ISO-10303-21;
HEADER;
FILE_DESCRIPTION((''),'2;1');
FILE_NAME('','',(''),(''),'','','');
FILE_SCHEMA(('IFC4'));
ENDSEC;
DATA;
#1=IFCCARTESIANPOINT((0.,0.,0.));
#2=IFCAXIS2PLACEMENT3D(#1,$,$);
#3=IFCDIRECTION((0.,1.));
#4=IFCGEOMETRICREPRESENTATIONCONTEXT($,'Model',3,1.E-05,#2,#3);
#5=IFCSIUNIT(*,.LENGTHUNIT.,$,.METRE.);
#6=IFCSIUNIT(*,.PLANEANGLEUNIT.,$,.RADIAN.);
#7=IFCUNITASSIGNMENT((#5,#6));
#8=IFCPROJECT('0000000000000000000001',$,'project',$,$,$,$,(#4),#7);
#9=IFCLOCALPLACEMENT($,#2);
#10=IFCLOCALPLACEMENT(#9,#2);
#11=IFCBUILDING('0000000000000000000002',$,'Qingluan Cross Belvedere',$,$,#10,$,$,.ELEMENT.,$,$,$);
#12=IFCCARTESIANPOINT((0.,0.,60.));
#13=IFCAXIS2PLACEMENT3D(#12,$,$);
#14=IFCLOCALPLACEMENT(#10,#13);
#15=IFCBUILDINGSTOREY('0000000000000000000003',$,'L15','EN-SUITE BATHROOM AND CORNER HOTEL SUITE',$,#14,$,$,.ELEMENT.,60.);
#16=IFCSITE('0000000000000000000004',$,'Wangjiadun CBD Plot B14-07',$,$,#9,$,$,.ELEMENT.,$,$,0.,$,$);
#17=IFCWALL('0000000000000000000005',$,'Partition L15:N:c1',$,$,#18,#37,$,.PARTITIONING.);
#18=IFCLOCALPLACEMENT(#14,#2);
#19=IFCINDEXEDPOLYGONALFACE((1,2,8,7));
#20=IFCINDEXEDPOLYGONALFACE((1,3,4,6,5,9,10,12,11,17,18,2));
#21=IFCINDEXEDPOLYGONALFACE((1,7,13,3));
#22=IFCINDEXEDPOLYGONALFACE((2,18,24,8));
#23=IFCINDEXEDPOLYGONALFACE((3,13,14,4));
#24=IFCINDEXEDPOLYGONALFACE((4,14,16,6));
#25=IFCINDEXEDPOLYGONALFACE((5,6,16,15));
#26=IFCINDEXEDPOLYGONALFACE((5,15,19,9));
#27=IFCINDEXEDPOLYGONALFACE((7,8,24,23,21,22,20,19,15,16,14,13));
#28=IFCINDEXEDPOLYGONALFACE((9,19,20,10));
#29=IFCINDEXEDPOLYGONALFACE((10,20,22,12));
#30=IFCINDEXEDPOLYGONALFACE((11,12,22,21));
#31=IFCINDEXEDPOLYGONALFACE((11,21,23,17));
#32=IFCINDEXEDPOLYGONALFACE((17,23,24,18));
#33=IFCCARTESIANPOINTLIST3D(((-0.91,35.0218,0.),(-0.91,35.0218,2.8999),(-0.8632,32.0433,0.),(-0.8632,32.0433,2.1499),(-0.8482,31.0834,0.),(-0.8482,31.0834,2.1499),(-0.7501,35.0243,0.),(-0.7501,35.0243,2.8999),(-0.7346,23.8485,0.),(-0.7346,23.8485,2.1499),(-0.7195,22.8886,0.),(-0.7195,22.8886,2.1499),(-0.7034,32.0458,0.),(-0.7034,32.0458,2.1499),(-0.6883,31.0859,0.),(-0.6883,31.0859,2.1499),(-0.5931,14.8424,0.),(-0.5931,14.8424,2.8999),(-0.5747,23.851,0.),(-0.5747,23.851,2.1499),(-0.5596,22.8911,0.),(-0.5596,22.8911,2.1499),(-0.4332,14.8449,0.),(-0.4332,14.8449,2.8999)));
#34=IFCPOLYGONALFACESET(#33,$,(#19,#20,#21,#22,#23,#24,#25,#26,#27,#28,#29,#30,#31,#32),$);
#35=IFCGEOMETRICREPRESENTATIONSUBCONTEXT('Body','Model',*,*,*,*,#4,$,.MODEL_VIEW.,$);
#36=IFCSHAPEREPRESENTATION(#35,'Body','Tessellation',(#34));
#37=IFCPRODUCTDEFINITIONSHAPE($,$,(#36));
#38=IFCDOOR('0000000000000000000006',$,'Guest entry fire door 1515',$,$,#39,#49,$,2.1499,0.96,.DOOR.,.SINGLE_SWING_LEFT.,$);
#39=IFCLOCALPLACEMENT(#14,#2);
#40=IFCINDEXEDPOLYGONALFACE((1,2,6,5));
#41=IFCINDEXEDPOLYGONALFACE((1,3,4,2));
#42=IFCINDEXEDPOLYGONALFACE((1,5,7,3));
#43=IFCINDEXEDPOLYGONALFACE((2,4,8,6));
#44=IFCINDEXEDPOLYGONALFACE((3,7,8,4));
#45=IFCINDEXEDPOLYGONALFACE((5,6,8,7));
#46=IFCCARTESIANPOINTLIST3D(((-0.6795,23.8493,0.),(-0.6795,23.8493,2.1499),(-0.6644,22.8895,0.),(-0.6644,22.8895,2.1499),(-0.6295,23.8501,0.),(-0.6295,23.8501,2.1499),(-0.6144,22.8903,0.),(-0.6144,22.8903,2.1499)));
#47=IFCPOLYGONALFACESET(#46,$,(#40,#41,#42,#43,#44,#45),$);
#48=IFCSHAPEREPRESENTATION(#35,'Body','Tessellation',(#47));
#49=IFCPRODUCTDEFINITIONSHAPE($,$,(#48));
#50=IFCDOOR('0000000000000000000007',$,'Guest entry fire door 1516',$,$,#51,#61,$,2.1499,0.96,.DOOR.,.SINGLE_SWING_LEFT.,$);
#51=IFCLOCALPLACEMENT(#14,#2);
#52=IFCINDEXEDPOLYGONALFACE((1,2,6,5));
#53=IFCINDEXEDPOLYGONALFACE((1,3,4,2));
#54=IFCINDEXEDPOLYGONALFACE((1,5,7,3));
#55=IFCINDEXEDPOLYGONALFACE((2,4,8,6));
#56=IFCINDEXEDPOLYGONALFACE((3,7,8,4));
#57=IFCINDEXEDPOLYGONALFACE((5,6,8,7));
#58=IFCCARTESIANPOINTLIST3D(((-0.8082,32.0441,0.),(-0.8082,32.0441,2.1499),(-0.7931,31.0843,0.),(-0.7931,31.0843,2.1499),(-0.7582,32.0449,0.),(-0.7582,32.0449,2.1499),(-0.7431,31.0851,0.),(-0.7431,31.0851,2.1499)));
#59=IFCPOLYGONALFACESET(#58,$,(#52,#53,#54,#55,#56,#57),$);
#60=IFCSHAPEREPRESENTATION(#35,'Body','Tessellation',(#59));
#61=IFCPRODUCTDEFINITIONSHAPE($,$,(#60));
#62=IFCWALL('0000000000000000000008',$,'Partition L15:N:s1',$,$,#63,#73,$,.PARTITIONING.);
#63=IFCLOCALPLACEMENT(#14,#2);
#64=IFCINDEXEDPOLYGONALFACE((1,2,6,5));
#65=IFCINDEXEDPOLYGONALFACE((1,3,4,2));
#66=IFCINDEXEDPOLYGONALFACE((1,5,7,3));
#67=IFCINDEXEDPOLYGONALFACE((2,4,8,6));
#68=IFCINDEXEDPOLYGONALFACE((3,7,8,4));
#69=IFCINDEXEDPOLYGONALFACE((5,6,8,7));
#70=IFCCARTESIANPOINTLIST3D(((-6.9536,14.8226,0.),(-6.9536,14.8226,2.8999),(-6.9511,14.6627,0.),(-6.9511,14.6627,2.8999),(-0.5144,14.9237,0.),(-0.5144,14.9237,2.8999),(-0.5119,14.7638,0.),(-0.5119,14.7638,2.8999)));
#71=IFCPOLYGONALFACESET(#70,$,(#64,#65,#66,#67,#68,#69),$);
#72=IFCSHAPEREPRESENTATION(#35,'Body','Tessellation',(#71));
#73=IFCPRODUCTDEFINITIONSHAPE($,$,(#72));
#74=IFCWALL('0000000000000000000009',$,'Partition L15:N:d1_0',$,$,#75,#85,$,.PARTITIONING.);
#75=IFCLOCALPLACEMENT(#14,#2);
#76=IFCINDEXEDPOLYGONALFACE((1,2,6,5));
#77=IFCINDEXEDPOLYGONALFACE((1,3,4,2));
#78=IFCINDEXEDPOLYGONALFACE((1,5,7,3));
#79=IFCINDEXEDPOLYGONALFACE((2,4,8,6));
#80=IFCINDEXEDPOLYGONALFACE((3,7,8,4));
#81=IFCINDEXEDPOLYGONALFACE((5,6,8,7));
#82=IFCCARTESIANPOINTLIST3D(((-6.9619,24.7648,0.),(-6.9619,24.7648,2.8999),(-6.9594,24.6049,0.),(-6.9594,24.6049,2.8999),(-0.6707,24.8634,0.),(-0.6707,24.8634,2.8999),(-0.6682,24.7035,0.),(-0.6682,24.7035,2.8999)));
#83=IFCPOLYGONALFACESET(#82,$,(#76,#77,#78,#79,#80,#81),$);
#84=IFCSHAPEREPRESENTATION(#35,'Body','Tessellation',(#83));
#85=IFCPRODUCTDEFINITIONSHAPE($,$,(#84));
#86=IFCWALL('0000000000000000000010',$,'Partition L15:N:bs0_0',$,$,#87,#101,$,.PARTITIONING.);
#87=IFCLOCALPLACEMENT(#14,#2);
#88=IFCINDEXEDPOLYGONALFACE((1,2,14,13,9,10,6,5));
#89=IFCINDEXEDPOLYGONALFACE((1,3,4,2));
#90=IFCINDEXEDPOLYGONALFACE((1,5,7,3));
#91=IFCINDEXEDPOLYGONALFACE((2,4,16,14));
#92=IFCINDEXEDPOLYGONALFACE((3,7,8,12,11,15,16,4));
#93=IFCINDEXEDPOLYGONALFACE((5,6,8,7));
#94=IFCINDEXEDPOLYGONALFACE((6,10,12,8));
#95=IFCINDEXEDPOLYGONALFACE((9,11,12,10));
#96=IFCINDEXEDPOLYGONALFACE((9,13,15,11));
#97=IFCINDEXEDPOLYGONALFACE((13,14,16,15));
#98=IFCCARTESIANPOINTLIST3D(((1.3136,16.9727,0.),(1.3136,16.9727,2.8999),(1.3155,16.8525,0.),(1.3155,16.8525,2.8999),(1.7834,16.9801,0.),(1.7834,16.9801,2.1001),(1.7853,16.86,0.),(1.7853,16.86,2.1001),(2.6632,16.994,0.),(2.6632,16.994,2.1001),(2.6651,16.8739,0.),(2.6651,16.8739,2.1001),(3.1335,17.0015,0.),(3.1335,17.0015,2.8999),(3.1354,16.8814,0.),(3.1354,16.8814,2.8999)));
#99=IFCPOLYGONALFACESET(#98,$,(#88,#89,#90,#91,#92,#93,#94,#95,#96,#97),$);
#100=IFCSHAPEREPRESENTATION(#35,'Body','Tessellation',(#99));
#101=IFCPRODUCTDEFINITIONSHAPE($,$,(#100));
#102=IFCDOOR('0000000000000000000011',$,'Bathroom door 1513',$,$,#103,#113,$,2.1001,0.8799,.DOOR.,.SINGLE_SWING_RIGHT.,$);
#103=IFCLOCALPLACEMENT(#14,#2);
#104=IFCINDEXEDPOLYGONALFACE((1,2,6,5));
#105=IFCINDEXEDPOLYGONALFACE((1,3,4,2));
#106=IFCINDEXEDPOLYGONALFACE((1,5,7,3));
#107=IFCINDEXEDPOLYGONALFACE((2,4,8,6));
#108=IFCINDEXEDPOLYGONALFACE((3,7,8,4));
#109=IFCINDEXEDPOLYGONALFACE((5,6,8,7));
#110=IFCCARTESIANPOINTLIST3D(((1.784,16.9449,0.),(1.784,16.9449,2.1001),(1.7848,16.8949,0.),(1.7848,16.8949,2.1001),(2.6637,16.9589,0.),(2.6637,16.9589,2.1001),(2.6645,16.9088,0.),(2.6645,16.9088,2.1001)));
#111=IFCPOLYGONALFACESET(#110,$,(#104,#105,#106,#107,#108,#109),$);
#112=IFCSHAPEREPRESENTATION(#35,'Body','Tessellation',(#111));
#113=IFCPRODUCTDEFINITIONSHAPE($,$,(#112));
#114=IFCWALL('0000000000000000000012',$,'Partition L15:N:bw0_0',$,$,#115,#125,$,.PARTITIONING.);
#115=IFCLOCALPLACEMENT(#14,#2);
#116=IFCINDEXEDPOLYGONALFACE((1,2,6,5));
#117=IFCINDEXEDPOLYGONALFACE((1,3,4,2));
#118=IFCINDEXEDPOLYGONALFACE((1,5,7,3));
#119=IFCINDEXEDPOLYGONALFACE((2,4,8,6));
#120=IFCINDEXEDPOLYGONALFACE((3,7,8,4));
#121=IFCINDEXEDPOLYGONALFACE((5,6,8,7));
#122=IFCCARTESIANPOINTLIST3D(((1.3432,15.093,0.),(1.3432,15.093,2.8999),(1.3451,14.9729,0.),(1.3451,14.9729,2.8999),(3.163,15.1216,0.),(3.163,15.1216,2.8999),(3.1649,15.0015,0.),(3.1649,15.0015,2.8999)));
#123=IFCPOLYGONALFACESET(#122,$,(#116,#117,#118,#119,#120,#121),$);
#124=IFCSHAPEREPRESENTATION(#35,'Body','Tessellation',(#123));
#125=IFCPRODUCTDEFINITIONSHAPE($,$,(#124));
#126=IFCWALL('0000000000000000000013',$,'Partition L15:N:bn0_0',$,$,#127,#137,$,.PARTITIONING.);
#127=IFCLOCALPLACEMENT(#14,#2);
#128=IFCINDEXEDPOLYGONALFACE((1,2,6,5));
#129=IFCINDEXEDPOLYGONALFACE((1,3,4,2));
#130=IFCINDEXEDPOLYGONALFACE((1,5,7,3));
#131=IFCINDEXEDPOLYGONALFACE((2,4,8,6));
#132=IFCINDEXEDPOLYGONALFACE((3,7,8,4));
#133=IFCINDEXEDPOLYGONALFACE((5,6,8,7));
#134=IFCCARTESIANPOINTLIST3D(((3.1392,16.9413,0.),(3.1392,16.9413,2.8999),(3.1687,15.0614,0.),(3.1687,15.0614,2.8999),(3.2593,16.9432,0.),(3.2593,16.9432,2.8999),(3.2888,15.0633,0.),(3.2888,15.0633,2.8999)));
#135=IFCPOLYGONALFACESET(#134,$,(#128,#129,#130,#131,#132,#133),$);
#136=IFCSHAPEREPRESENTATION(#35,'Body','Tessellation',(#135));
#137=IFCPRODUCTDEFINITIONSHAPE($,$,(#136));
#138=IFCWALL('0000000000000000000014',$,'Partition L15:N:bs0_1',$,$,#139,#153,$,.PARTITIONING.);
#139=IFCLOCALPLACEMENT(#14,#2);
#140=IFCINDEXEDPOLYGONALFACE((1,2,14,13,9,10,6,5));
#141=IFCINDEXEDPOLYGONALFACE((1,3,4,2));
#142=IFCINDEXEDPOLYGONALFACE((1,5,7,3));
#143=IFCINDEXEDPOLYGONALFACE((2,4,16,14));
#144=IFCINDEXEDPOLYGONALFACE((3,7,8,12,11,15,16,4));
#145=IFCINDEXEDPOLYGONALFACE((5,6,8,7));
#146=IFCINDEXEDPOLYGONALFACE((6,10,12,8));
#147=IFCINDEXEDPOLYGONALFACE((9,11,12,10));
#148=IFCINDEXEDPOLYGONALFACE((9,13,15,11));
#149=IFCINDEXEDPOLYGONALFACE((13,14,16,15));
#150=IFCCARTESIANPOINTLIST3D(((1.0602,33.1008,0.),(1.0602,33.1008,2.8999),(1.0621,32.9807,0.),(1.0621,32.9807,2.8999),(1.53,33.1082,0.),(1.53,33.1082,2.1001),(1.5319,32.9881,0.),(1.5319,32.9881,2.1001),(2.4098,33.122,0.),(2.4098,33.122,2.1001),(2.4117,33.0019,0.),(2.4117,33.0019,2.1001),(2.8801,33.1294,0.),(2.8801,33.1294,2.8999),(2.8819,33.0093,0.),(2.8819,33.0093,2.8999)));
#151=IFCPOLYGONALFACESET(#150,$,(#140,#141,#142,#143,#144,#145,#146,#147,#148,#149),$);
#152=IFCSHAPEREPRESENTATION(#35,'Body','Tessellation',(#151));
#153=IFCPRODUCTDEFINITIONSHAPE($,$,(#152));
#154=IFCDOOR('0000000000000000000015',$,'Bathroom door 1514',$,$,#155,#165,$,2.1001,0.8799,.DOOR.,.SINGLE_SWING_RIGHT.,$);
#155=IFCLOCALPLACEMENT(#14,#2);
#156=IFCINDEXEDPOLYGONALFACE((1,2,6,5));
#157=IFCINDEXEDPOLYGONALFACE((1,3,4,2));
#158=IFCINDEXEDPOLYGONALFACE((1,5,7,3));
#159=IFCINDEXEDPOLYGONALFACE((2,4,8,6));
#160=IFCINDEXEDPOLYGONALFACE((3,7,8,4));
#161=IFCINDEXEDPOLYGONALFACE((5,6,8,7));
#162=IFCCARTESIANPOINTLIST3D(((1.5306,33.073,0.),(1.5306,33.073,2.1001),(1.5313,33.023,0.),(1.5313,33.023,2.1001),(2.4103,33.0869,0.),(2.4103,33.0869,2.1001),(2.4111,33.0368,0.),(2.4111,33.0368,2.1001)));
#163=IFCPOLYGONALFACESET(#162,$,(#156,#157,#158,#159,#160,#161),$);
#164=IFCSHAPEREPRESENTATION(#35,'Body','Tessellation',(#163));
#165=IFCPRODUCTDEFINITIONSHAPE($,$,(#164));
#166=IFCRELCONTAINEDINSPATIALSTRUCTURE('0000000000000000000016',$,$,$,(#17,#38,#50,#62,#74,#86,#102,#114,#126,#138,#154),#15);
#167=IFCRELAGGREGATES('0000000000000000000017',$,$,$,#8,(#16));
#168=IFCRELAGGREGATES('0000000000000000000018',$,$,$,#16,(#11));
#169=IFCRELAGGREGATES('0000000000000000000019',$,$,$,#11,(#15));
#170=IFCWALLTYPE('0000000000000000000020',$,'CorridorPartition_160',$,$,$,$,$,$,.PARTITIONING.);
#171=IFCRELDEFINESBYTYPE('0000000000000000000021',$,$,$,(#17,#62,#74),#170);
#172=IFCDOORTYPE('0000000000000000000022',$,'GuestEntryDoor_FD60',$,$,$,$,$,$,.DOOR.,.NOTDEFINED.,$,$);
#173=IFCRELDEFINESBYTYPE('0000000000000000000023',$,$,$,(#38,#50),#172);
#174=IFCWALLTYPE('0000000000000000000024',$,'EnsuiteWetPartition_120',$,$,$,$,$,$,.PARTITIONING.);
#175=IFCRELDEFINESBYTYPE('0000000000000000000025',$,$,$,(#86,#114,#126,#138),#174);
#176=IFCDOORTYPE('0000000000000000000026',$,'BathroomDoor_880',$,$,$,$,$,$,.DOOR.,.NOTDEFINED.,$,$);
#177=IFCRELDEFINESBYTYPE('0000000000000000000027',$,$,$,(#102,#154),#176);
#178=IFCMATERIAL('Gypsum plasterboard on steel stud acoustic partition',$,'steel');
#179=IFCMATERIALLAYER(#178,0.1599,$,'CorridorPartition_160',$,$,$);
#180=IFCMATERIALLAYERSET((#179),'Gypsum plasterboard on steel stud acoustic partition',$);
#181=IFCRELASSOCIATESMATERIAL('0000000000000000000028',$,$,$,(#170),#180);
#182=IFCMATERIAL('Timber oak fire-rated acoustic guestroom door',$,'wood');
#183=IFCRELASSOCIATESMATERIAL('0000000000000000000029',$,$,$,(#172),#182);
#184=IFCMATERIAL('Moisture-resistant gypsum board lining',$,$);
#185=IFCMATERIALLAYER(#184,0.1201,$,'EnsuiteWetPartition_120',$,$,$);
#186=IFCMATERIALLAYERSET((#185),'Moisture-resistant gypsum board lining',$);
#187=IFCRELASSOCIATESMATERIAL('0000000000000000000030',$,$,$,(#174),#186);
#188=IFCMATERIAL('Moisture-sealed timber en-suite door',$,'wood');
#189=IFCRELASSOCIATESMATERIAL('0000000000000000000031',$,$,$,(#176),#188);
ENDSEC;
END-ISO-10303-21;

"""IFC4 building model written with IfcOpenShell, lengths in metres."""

from ifc_helpers import new_model, si_unit, direction, frame, frame_2d, origin, place, context, subcontext, project, spatial, rectangle, extrude, material, layer, layer_set, type_object, element, fill, save


model = new_model("IFC4")

# Units and contexts
model_context = context("Model", 3, precision=1e-05, world=origin(), true_north=direction((0.0, 1.0)))
body_context = subcontext(model_context, "Body", "Model", "MODEL_VIEW")
ifc_project = project(units=[si_unit("LENGTHUNIT", "METRE"), si_unit("PLANEANGLEUNIT", "RADIAN")], contexts=[model_context])

# Site, building, storey
site_placement = place(None, origin())
site = spatial("IfcSite", under=ifc_project, at=site_placement, Name="Wangjiadun CBD Plot B14-07", CompositionType="ELEMENT", RefElevation=0.0)
building_placement = place(site_placement, origin())
building = spatial("IfcBuilding", under=site, at=building_placement, Name="Qingluan Cross Belvedere", CompositionType="ELEMENT")
storey_placement = place(building_placement, frame((0.0, 0.0, 60.0)))
storey = spatial("IfcBuildingStorey", under=building, at=storey_placement, Name="L15", Description="EN-SUITE BATHROOM AND CORNER HOTEL SUITE", CompositionType="ELEMENT", Elevation=60.0)

# Shared definitions
ifc_material_1 = material(Name="Gypsum plasterboard on steel stud acoustic partition", Category="steel")
ifc_layer_1 = layer(ifc_material_1, 0.1599, Name="CorridorPartition_160")
ifc_layer_set_1 = layer_set([ifc_layer_1], Name="Gypsum plasterboard on steel stud acoustic partition")
wall_type_1 = type_object("IfcWallType", Name="CorridorPartition_160", PredefinedType="PARTITIONING", material=ifc_layer_set_1)
ifc_material_2 = material(Name="Timber oak fire-rated acoustic guestroom door", Category="wood")
door_type_1 = type_object("IfcDoorType", Name="GuestEntryDoor_FD60", OperationType="NOTDEFINED", PredefinedType="DOOR", material=ifc_material_2)

# Wall, openings, doors
wall_1_placement = place(storey_placement, frame((-0.5132, 14.8438, 0.0), z_axis=(0.0, 0.0, 1.0), x_axis=(-0.015702, 0.999877, 0.0)))
wall_1 = element("IfcWall", 1, at=wall_1_placement, inside=storey, type_object=wall_type_1, Name="Partition L15:N:c1", PredefinedType="PARTITIONING", context=body_context, shape_type="SweptSolid", body=[
    extrude(rectangle(XDim=20.1819, YDim=0.1599, at=frame_2d((10.0908, 0.0))), origin(), (0.0, 0.0, 1.0), 2.8999),
])
opening_1_placement = place(wall_1_placement, frame((8.0471, 0.0, 0.0)))
opening_1 = element("IfcOpeningElement", 2, at=opening_1_placement, cuts=wall_1, PredefinedType="OPENING", context=body_context, shape_type="SweptSolid", body=[
    extrude(rectangle(XDim=0.96, YDim=2.1499, at=frame_2d((0.48, 1.075))), frame((0.0, 0.0898, 0.0), z_axis=(0.0, -1.0, 0.0), x_axis=(1.0, 0.0, 0.0)), (0.0, 0.0, 1.0), 0.1799),
])
opening_2_placement = place(wall_1_placement, frame((16.2429, 0.0, 0.0)))
opening_2 = element("IfcOpeningElement", 3, at=opening_2_placement, cuts=wall_1, PredefinedType="OPENING", context=body_context, shape_type="SweptSolid", body=[
    extrude(rectangle(XDim=0.96, YDim=2.1499, at=frame_2d((0.48, 1.075))), frame((0.0, 0.0898, 0.0), z_axis=(0.0, -1.0, 0.0), x_axis=(1.0, 0.0, 0.0)), (0.0, 0.0, 1.0), 0.1799),
])
door_1_placement = place(opening_1_placement, origin())
door_1 = element("IfcDoor", 4, at=door_1_placement, inside=storey, type_object=door_type_1, Name="Guest entry fire door 1515", OperationType="SINGLE_SWING_LEFT", OverallHeight=2.1499, OverallWidth=0.96, PredefinedType="DOOR", context=body_context, shape_type="SweptSolid", body=[
    extrude(rectangle(XDim=0.96, YDim=2.1499, at=frame_2d((0.48, 1.075))), frame((0.0, 0.0249, 0.0), z_axis=(0.0, -1.0, 0.0), x_axis=(1.0, 0.0, 0.0)), (0.0, 0.0, 1.0), 0.05),
])
fill(opening_1, door_1)
door_2_placement = place(opening_2_placement, origin())
door_2 = element("IfcDoor", 5, at=door_2_placement, inside=storey, type_object=door_type_1, Name="Guest entry fire door 1516", OperationType="SINGLE_SWING_LEFT", OverallHeight=2.1499, OverallWidth=0.96, PredefinedType="DOOR", context=body_context, shape_type="SweptSolid", body=[
    extrude(rectangle(XDim=0.96, YDim=2.1499, at=frame_2d((0.48, 1.075))), frame((0.0, 0.0249, 0.0), z_axis=(0.0, -1.0, 0.0), x_axis=(1.0, 0.0, 0.0)), (0.0, 0.0, 1.0), 0.05),
])
fill(opening_2, door_2)

# Walls
wall_2_placement = place(storey_placement, frame((-0.5132, 14.8438, 0.0), z_axis=(0.0, 0.0, 1.0), x_axis=(-0.999877, -0.015695, 0.0)))
element("IfcWall", 6, at=wall_2_placement, inside=storey, type_object=wall_type_1, Name="Partition L15:N:s1", PredefinedType="PARTITIONING", context=body_context, shape_type="SweptSolid", body=[
    extrude(rectangle(XDim=6.4399, YDim=0.1599, at=frame_2d((3.22, 0.0))), origin(), (0.0, 0.0, 1.0), 2.8999),
])
wall_3_placement = place(storey_placement, frame((-0.6694, 24.7834, 0.0), z_axis=(0.0, 0.0, 1.0), x_axis=(-0.999877, -0.015676, 0.0)))
element("IfcWall", 7, at=wall_3_placement, inside=storey, type_object=wall_type_1, Name="Partition L15:N:d1_0", PredefinedType="PARTITIONING", context=body_context, shape_type="SweptSolid", body=[
    extrude(rectangle(XDim=6.292, YDim=0.1599, at=frame_2d((3.146, 0.0))), origin(), (0.0, 0.0, 1.0), 2.8999),
])

# Wall, opening, door
ifc_material_3 = material(Name="Moisture-resistant gypsum board lining")
ifc_layer_2 = layer(ifc_material_3, 0.1201, Name="EnsuiteWetPartition_120")
ifc_layer_set_2 = layer_set([ifc_layer_2], Name="Moisture-resistant gypsum board lining")
wall_type_2 = type_object("IfcWallType", Name="EnsuiteWetPartition_120", PredefinedType="PARTITIONING", material=ifc_layer_set_2)
wall_4_placement = place(storey_placement, frame((1.3145, 16.9126, 0.0), z_axis=(0.0, 0.0, 1.0), x_axis=(0.999875, 0.015828, 0.0)))
wall_4 = element("IfcWall", 8, at=wall_4_placement, inside=storey, type_object=wall_type_2, Name="Partition L15:N:bs0_0", PredefinedType="PARTITIONING", context=body_context, shape_type="SweptSolid", body=[
    extrude(rectangle(XDim=1.8201, YDim=0.1201, at=frame_2d((0.9102, 0.0))), origin(), (0.0, 0.0, 1.0), 2.8999),
])
opening_3_placement = place(wall_4_placement, frame((0.47, 0.0, 0.0)))
opening_3 = element("IfcOpeningElement", 9, at=opening_3_placement, cuts=wall_4, PredefinedType="OPENING", context=body_context, shape_type="SweptSolid", body=[
    extrude(rectangle(XDim=0.8799, YDim=2.1001, at=frame_2d((0.4399, 1.05))), frame((0.0, 0.0701, 0.0), z_axis=(0.0, -1.0, 0.0), x_axis=(1.0, 0.0, 0.0)), (0.0, 0.0, 1.0), 0.1401),
])
ifc_material_4 = material(Name="Moisture-sealed timber en-suite door", Category="wood")
door_type_2 = type_object("IfcDoorType", Name="BathroomDoor_880", OperationType="NOTDEFINED", PredefinedType="DOOR", material=ifc_material_4)
door_3_placement = place(opening_3_placement, origin())
door_3 = element("IfcDoor", 10, at=door_3_placement, inside=storey, type_object=door_type_2, Name="Bathroom door 1513", OperationType="SINGLE_SWING_RIGHT", OverallHeight=2.1001, OverallWidth=0.8799, PredefinedType="DOOR", context=body_context, shape_type="SweptSolid", body=[
    extrude(rectangle(XDim=0.8799, YDim=2.1001, at=frame_2d((0.4399, 1.05))), frame((0.0, 0.0249, 0.0), z_axis=(0.0, -1.0, 0.0), x_axis=(1.0, 0.0, 0.0)), (0.0, 0.0, 1.0), 0.05),
])
fill(opening_3, door_3)

# Walls
wall_5_placement = place(storey_placement, frame((1.344, 15.033, 0.0), z_axis=(0.0, 0.0, 1.0), x_axis=(0.999877, 0.015694, 0.0)))
element("IfcWall", 11, at=wall_5_placement, inside=storey, type_object=wall_type_2, Name="Partition L15:N:bw0_0", PredefinedType="PARTITIONING", context=body_context, shape_type="SweptSolid", body=[
    extrude(rectangle(XDim=1.8201, YDim=0.1201, at=frame_2d((0.9102, 0.0))), origin(), (0.0, 0.0, 1.0), 2.8999),
])
wall_6_placement = place(storey_placement, frame((3.2288, 15.0625, 0.0), z_axis=(0.0, 0.0, 1.0), x_axis=(-0.015712, 0.999877, 0.0)))
element("IfcWall", 12, at=wall_6_placement, inside=storey, type_object=wall_type_2, Name="Partition L15:N:bn0_0", PredefinedType="PARTITIONING", context=body_context, shape_type="SweptSolid", body=[
    extrude(rectangle(XDim=1.8801, YDim=0.1201, at=frame_2d((0.9399, 0.0))), origin(), (0.0, 0.0, 1.0), 2.8999),
])

# Wall, opening, door
wall_7_placement = place(storey_placement, frame((1.061, 33.0408, 0.0), z_axis=(0.0, 0.0, 1.0), x_axis=(0.999877, 0.015694, 0.0)))
wall_7 = element("IfcWall", 13, at=wall_7_placement, inside=storey, type_object=wall_type_2, Name="Partition L15:N:bs0_1", PredefinedType="PARTITIONING", context=body_context, shape_type="SweptSolid", body=[
    extrude(rectangle(XDim=1.8201, YDim=0.1201, at=frame_2d((0.9102, 0.0))), origin(), (0.0, 0.0, 1.0), 2.8999),
])
opening_4_placement = place(wall_7_placement, frame((0.47, 0.0, 0.0)))
opening_4 = element("IfcOpeningElement", 14, at=opening_4_placement, cuts=wall_7, PredefinedType="OPENING", context=body_context, shape_type="SweptSolid", body=[
    extrude(rectangle(XDim=0.8799, YDim=2.1001, at=frame_2d((0.4399, 1.05))), frame((0.0, 0.0701, 0.0), z_axis=(0.0, -1.0, 0.0), x_axis=(1.0, 0.0, 0.0)), (0.0, 0.0, 1.0), 0.1401),
])
door_4_placement = place(opening_4_placement, origin())
door_4 = element("IfcDoor", 15, at=door_4_placement, inside=storey, type_object=door_type_2, Name="Bathroom door 1514", OperationType="SINGLE_SWING_RIGHT", OverallHeight=2.1001, OverallWidth=0.8799, PredefinedType="DOOR", context=body_context, shape_type="SweptSolid", body=[
    extrude(rectangle(XDim=0.8799, YDim=2.1001, at=frame_2d((0.4399, 1.05))), frame((0.0, 0.0249, 0.0), z_axis=(0.0, -1.0, 0.0), x_axis=(1.0, 0.0, 0.0)), (0.0, 0.0, 1.0), 0.05),
])
fill(opening_4, door_4)

save(model, "model.ifc")
